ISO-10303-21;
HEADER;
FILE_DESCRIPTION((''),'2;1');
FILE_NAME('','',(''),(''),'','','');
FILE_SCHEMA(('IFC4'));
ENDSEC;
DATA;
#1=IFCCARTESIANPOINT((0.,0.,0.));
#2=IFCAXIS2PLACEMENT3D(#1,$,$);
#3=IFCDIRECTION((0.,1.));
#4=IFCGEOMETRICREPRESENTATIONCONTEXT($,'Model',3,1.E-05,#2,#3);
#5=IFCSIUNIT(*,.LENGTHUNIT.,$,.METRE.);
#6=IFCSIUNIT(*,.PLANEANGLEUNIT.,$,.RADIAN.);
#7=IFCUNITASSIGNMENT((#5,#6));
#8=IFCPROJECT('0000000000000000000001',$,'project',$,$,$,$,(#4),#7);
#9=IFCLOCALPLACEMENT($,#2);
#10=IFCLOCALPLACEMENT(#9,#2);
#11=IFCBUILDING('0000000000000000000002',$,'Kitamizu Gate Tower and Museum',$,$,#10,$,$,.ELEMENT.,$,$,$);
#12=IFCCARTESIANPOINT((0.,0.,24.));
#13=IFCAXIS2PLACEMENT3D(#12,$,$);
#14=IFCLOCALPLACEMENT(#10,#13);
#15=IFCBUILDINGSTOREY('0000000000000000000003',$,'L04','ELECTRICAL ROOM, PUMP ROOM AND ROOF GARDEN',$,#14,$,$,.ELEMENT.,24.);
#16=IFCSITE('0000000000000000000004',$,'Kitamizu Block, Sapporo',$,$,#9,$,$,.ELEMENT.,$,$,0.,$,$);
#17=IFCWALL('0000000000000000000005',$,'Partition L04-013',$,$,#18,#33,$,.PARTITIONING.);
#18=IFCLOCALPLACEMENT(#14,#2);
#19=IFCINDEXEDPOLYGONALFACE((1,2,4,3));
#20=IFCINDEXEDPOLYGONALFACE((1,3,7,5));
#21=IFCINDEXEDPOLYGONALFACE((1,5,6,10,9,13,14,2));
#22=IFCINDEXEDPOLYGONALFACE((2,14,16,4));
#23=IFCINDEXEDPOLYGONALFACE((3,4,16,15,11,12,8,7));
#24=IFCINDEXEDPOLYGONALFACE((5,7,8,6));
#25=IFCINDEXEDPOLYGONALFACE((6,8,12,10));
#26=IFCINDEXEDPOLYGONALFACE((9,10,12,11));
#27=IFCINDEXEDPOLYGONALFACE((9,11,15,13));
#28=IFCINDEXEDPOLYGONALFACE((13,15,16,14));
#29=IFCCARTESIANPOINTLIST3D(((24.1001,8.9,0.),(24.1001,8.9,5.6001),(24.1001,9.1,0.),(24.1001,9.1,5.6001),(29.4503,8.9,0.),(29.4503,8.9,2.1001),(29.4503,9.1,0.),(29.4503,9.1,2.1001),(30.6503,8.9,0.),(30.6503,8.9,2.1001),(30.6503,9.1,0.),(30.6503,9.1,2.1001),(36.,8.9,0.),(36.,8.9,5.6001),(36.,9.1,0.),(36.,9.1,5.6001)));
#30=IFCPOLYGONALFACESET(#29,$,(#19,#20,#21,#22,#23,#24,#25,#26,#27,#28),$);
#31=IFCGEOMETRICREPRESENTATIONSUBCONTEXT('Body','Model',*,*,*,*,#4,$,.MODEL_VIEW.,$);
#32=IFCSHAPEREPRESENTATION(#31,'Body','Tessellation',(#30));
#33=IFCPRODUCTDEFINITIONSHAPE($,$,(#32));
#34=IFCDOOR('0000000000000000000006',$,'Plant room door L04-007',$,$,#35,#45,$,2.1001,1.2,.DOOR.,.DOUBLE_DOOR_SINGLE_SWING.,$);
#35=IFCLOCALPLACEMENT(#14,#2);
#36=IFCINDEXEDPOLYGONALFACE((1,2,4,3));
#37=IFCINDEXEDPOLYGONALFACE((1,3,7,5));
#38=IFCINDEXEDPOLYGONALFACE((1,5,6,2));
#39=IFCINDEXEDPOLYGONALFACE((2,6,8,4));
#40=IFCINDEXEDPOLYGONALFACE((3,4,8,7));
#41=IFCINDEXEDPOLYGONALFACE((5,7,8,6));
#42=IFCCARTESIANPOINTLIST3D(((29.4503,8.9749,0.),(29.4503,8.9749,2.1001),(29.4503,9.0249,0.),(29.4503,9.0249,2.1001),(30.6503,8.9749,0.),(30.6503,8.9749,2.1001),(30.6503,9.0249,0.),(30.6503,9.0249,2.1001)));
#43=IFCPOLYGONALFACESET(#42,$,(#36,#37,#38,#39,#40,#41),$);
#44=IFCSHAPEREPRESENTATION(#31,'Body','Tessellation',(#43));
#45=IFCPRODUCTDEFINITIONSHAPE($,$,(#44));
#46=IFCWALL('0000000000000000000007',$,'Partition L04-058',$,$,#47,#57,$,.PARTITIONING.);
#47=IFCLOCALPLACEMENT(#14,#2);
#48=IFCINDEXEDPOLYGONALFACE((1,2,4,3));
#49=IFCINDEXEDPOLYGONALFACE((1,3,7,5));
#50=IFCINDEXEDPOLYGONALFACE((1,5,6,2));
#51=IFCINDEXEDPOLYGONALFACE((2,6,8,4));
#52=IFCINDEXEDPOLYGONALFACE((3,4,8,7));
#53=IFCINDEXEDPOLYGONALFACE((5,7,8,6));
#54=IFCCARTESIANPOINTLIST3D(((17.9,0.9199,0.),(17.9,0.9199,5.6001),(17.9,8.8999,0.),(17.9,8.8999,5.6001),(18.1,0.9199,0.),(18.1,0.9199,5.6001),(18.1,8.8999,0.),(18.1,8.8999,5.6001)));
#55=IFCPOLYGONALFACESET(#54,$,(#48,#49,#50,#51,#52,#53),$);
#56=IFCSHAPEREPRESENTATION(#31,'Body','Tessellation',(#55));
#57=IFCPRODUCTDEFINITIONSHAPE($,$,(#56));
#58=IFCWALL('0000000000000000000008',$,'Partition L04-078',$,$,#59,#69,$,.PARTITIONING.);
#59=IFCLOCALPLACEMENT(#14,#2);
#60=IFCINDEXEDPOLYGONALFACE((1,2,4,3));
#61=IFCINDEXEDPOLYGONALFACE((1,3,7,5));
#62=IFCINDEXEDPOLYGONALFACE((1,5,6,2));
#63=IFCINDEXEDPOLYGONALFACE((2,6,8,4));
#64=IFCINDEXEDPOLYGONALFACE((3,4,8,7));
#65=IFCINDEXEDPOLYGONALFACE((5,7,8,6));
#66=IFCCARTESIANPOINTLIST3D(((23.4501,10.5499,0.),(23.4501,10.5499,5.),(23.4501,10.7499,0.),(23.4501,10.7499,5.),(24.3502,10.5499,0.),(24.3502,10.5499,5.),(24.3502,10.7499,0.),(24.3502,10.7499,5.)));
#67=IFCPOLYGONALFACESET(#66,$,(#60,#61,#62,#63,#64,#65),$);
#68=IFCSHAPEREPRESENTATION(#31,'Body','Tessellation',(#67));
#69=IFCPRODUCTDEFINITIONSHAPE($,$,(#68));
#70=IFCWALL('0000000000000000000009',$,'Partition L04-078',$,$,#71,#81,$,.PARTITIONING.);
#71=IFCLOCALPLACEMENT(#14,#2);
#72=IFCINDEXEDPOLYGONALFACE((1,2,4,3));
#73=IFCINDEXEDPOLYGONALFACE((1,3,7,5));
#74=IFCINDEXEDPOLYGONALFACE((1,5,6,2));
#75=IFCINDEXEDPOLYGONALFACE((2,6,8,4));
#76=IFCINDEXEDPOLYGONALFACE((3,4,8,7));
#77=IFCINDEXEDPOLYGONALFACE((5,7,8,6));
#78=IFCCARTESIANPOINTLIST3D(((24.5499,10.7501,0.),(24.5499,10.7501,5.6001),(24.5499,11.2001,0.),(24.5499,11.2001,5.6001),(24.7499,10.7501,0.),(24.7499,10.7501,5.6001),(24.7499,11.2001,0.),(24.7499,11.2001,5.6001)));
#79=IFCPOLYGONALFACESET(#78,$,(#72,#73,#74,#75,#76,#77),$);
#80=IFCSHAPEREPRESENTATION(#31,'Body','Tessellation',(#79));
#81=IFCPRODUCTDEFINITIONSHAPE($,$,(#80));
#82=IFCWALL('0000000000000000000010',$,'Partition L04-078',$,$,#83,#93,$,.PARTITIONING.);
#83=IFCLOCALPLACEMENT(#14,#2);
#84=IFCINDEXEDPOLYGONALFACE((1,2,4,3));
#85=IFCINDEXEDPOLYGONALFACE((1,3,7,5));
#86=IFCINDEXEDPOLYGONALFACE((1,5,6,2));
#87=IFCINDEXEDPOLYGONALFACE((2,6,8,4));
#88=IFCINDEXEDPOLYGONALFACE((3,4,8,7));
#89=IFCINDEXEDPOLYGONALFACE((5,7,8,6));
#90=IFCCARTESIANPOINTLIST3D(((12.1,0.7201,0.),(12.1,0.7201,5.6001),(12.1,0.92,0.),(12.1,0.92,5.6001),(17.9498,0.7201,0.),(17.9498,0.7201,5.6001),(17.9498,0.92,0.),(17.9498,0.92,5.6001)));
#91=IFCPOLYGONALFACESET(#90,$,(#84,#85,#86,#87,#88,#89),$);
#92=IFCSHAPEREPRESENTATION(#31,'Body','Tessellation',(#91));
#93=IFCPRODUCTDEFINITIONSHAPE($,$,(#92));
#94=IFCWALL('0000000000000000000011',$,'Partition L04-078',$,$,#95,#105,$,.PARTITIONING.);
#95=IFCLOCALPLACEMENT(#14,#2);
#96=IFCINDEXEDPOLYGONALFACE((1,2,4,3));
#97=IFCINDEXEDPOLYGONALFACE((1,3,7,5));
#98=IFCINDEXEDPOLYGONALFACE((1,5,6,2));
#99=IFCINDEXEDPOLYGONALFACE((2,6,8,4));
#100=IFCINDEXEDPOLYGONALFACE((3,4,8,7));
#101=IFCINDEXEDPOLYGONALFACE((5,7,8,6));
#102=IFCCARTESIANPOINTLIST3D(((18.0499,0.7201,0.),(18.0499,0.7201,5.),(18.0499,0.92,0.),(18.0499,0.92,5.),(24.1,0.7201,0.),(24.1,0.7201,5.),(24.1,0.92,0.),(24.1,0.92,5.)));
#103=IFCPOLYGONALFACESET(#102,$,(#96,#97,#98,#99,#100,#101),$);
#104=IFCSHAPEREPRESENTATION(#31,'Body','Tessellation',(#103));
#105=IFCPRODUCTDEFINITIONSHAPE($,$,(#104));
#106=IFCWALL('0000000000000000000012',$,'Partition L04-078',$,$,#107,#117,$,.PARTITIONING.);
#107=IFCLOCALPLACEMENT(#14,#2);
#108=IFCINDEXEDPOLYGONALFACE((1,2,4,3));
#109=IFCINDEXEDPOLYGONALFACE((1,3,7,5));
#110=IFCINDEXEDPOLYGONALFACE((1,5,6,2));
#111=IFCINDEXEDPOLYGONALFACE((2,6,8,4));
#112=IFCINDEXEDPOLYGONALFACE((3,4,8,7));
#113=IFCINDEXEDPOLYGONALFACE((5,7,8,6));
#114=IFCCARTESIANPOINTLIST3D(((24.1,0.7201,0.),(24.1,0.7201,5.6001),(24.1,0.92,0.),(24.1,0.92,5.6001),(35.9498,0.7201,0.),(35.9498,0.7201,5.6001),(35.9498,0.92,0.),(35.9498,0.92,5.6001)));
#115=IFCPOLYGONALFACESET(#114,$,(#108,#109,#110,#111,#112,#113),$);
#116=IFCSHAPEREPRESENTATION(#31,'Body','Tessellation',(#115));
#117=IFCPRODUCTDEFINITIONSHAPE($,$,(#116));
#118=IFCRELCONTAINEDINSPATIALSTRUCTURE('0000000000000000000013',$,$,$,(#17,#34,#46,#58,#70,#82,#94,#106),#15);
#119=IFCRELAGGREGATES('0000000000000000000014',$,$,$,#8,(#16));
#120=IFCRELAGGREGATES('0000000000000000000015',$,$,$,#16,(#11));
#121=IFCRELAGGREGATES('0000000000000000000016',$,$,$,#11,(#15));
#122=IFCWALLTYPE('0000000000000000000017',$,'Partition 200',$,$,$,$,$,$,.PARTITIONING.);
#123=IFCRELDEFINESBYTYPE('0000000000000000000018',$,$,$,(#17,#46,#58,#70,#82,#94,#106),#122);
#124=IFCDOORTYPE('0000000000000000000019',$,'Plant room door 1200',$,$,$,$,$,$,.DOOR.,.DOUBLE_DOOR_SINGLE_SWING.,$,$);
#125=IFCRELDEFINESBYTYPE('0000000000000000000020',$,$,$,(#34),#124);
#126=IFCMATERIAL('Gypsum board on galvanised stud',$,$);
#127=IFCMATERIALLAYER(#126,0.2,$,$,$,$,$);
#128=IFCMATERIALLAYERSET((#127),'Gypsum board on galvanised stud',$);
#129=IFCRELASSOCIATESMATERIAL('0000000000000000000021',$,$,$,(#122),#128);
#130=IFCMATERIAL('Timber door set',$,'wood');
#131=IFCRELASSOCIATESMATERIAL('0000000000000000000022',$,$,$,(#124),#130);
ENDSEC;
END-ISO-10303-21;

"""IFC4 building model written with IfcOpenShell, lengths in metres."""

from ifc_helpers import new_model, si_unit, direction, frame, frame_2d, origin, place, context, subcontext, project, spatial, rectangle, extrude, material, layer, layer_set, type_object, element, fill, save


model = new_model("IFC4")

# Units and contexts
model_context = context("Model", 3, precision=1e-05, world=origin(), true_north=direction((0.0, 1.0)))
body_context = subcontext(model_context, "Body", "Model", "MODEL_VIEW")
ifc_project = project(units=[si_unit("LENGTHUNIT", "METRE"), si_unit("PLANEANGLEUNIT", "RADIAN")], contexts=[model_context])

# Site, building, storey
site_placement = place(None, origin())
site = spatial("IfcSite", under=ifc_project, at=site_placement, Name="Kitamizu Block, Sapporo", CompositionType="ELEMENT", RefElevation=0.0)
building_placement = place(site_placement, origin())
building = spatial("IfcBuilding", under=site, at=building_placement, Name="Kitamizu Gate Tower and Museum", CompositionType="ELEMENT")
storey_placement = place(building_placement, frame((0.0, 0.0, 24.0)))
storey = spatial("IfcBuildingStorey", under=building, at=storey_placement, Name="L04", Description="ELECTRICAL ROOM, PUMP ROOM AND ROOF GARDEN", CompositionType="ELEMENT", Elevation=24.0)

# Shared definitions
ifc_material_1 = material(Name="Gypsum board on galvanised stud")
ifc_layer_1 = layer(ifc_material_1, 0.2)
ifc_layer_set_1 = layer_set([ifc_layer_1], Name="Gypsum board on galvanised stud")
wall_type = type_object("IfcWallType", Name="Partition 200", PredefinedType="PARTITIONING", material=ifc_layer_set_1)

# Shared definitions
ifc_material_2 = material(Name="Timber door set", Category="wood")
door_type = type_object("IfcDoorType", Name="Plant room door 1200", OperationType="DOUBLE_DOOR_SINGLE_SWING", PredefinedType="DOOR", material=ifc_material_2)

# Wall, opening, door
wall_1_placement = place(storey_placement, frame((24.1001, 9.0, 0.0), z_axis=(0.0, 0.0, 1.0), x_axis=(1.0, 0.0, 0.0)))
wall_1 = element("IfcWall", 1, at=wall_1_placement, inside=storey, type_object=wall_type, Name="Partition L04-013", PredefinedType="PARTITIONING", context=body_context, shape_type="SweptSolid", body=[
    extrude(rectangle(XDim=11.8999, YDim=0.2, at=frame_2d((5.95, 0.0))), origin(), (0.0, 0.0, 1.0), 5.6001),
])
opening_1_placement = place(wall_1_placement, frame((5.3501, 0.0, 0.0)))
opening_1 = element("IfcOpeningElement", 2, at=opening_1_placement, cuts=wall_1, PredefinedType="OPENING", context=body_context, shape_type="SweptSolid", body=[
    extrude(rectangle(XDim=1.2, YDim=2.1001, at=frame_2d((0.6001, 1.05))), frame((0.0, 0.1099, 0.0), z_axis=(0.0, -1.0, 0.0), x_axis=(1.0, 0.0, 0.0)), (0.0, 0.0, 1.0), 0.22),
])
door_1_placement = place(opening_1_placement, origin())
door_1 = element("IfcDoor", 3, at=door_1_placement, inside=storey, type_object=door_type, Name="Plant room door L04-007", OperationType="DOUBLE_DOOR_SINGLE_SWING", OverallHeight=2.1001, OverallWidth=1.2, PredefinedType="DOOR", context=body_context, shape_type="SweptSolid", body=[
    extrude(rectangle(XDim=1.2, YDim=2.1001, at=frame_2d((0.6001, 1.05))), frame((0.0, 0.0249, 0.0), z_axis=(0.0, -1.0, 0.0), x_axis=(1.0, 0.0, 0.0)), (0.0, 0.0, 1.0), 0.05),
])
fill(opening_1, door_1)

# Walls
wall_2_placement = place(storey_placement, frame((18.0, 0.9199, 0.0), z_axis=(0.0, 0.0, 1.0), x_axis=(0.0, 1.0, 0.0)))
element("IfcWall", 4, at=wall_2_placement, inside=storey, type_object=wall_type, Name="Partition L04-058", PredefinedType="PARTITIONING", context=body_context, shape_type="SweptSolid", body=[
    extrude(rectangle(XDim=7.98, YDim=0.2, at=frame_2d((3.99, 0.0))), origin(), (0.0, 0.0, 1.0), 5.6001),
])
wall_3_placement = place(storey_placement, frame((23.45, 10.6499, 0.0), z_axis=(0.0, 0.0, 1.0), x_axis=(1.0, 0.0, 0.0)))
element("IfcWall", 5, at=wall_3_placement, inside=storey, type_object=wall_type, Name="Partition L04-078", PredefinedType="PARTITIONING", context=body_context, shape_type="SweptSolid", body=[
    extrude(rectangle(XDim=0.9001, YDim=0.2, at=frame_2d((0.4502, 0.0))), origin(), (0.0, 0.0, 1.0), 5.0),
])
wall_4_placement = place(storey_placement, frame((24.6499, 10.75, 0.0), z_axis=(0.0, 0.0, 1.0), x_axis=(0.0, 1.0, 0.0)))
element("IfcWall", 6, at=wall_4_placement, inside=storey, type_object=wall_type, Name="Partition L04-078", PredefinedType="PARTITIONING", context=body_context, shape_type="SweptSolid", body=[
    extrude(rectangle(XDim=0.45, YDim=0.2, at=frame_2d((0.2251, 0.0))), origin(), (0.0, 0.0, 1.0), 5.6001),
])
wall_5_placement = place(storey_placement, frame((12.1001, 0.8201, 0.0), z_axis=(0.0, 0.0, 1.0), x_axis=(1.0, 0.0, 0.0)))
element("IfcWall", 7, at=wall_5_placement, inside=storey, type_object=wall_type, Name="Partition L04-078", PredefinedType="PARTITIONING", context=body_context, shape_type="SweptSolid", body=[
    extrude(rectangle(XDim=5.8499, YDim=0.2, at=frame_2d((2.9248, 0.0))), origin(), (0.0, 0.0, 1.0), 5.6001),
])
wall_6_placement = place(storey_placement, frame((18.05, 0.8201, 0.0), z_axis=(0.0, 0.0, 1.0), x_axis=(1.0, 0.0, 0.0)))
element("IfcWall", 8, at=wall_6_placement, inside=storey, type_object=wall_type, Name="Partition L04-078", PredefinedType="PARTITIONING", context=body_context, shape_type="SweptSolid", body=[
    extrude(rectangle(XDim=6.05, YDim=0.2, at=frame_2d((3.0249, 0.0))), origin(), (0.0, 0.0, 1.0), 5.0),
])
wall_7_placement = place(storey_placement, frame((24.1001, 0.8201, 0.0), z_axis=(0.0, 0.0, 1.0), x_axis=(1.0, 0.0, 0.0)))
element("IfcWall", 9, at=wall_7_placement, inside=storey, type_object=wall_type, Name="Partition L04-078", PredefinedType="PARTITIONING", context=body_context, shape_type="SweptSolid", body=[
    extrude(rectangle(XDim=11.8499, YDim=0.2, at=frame_2d((5.9248, 0.0))), origin(), (0.0, 0.0, 1.0), 5.6001),
])

save(model, "model.ifc")
